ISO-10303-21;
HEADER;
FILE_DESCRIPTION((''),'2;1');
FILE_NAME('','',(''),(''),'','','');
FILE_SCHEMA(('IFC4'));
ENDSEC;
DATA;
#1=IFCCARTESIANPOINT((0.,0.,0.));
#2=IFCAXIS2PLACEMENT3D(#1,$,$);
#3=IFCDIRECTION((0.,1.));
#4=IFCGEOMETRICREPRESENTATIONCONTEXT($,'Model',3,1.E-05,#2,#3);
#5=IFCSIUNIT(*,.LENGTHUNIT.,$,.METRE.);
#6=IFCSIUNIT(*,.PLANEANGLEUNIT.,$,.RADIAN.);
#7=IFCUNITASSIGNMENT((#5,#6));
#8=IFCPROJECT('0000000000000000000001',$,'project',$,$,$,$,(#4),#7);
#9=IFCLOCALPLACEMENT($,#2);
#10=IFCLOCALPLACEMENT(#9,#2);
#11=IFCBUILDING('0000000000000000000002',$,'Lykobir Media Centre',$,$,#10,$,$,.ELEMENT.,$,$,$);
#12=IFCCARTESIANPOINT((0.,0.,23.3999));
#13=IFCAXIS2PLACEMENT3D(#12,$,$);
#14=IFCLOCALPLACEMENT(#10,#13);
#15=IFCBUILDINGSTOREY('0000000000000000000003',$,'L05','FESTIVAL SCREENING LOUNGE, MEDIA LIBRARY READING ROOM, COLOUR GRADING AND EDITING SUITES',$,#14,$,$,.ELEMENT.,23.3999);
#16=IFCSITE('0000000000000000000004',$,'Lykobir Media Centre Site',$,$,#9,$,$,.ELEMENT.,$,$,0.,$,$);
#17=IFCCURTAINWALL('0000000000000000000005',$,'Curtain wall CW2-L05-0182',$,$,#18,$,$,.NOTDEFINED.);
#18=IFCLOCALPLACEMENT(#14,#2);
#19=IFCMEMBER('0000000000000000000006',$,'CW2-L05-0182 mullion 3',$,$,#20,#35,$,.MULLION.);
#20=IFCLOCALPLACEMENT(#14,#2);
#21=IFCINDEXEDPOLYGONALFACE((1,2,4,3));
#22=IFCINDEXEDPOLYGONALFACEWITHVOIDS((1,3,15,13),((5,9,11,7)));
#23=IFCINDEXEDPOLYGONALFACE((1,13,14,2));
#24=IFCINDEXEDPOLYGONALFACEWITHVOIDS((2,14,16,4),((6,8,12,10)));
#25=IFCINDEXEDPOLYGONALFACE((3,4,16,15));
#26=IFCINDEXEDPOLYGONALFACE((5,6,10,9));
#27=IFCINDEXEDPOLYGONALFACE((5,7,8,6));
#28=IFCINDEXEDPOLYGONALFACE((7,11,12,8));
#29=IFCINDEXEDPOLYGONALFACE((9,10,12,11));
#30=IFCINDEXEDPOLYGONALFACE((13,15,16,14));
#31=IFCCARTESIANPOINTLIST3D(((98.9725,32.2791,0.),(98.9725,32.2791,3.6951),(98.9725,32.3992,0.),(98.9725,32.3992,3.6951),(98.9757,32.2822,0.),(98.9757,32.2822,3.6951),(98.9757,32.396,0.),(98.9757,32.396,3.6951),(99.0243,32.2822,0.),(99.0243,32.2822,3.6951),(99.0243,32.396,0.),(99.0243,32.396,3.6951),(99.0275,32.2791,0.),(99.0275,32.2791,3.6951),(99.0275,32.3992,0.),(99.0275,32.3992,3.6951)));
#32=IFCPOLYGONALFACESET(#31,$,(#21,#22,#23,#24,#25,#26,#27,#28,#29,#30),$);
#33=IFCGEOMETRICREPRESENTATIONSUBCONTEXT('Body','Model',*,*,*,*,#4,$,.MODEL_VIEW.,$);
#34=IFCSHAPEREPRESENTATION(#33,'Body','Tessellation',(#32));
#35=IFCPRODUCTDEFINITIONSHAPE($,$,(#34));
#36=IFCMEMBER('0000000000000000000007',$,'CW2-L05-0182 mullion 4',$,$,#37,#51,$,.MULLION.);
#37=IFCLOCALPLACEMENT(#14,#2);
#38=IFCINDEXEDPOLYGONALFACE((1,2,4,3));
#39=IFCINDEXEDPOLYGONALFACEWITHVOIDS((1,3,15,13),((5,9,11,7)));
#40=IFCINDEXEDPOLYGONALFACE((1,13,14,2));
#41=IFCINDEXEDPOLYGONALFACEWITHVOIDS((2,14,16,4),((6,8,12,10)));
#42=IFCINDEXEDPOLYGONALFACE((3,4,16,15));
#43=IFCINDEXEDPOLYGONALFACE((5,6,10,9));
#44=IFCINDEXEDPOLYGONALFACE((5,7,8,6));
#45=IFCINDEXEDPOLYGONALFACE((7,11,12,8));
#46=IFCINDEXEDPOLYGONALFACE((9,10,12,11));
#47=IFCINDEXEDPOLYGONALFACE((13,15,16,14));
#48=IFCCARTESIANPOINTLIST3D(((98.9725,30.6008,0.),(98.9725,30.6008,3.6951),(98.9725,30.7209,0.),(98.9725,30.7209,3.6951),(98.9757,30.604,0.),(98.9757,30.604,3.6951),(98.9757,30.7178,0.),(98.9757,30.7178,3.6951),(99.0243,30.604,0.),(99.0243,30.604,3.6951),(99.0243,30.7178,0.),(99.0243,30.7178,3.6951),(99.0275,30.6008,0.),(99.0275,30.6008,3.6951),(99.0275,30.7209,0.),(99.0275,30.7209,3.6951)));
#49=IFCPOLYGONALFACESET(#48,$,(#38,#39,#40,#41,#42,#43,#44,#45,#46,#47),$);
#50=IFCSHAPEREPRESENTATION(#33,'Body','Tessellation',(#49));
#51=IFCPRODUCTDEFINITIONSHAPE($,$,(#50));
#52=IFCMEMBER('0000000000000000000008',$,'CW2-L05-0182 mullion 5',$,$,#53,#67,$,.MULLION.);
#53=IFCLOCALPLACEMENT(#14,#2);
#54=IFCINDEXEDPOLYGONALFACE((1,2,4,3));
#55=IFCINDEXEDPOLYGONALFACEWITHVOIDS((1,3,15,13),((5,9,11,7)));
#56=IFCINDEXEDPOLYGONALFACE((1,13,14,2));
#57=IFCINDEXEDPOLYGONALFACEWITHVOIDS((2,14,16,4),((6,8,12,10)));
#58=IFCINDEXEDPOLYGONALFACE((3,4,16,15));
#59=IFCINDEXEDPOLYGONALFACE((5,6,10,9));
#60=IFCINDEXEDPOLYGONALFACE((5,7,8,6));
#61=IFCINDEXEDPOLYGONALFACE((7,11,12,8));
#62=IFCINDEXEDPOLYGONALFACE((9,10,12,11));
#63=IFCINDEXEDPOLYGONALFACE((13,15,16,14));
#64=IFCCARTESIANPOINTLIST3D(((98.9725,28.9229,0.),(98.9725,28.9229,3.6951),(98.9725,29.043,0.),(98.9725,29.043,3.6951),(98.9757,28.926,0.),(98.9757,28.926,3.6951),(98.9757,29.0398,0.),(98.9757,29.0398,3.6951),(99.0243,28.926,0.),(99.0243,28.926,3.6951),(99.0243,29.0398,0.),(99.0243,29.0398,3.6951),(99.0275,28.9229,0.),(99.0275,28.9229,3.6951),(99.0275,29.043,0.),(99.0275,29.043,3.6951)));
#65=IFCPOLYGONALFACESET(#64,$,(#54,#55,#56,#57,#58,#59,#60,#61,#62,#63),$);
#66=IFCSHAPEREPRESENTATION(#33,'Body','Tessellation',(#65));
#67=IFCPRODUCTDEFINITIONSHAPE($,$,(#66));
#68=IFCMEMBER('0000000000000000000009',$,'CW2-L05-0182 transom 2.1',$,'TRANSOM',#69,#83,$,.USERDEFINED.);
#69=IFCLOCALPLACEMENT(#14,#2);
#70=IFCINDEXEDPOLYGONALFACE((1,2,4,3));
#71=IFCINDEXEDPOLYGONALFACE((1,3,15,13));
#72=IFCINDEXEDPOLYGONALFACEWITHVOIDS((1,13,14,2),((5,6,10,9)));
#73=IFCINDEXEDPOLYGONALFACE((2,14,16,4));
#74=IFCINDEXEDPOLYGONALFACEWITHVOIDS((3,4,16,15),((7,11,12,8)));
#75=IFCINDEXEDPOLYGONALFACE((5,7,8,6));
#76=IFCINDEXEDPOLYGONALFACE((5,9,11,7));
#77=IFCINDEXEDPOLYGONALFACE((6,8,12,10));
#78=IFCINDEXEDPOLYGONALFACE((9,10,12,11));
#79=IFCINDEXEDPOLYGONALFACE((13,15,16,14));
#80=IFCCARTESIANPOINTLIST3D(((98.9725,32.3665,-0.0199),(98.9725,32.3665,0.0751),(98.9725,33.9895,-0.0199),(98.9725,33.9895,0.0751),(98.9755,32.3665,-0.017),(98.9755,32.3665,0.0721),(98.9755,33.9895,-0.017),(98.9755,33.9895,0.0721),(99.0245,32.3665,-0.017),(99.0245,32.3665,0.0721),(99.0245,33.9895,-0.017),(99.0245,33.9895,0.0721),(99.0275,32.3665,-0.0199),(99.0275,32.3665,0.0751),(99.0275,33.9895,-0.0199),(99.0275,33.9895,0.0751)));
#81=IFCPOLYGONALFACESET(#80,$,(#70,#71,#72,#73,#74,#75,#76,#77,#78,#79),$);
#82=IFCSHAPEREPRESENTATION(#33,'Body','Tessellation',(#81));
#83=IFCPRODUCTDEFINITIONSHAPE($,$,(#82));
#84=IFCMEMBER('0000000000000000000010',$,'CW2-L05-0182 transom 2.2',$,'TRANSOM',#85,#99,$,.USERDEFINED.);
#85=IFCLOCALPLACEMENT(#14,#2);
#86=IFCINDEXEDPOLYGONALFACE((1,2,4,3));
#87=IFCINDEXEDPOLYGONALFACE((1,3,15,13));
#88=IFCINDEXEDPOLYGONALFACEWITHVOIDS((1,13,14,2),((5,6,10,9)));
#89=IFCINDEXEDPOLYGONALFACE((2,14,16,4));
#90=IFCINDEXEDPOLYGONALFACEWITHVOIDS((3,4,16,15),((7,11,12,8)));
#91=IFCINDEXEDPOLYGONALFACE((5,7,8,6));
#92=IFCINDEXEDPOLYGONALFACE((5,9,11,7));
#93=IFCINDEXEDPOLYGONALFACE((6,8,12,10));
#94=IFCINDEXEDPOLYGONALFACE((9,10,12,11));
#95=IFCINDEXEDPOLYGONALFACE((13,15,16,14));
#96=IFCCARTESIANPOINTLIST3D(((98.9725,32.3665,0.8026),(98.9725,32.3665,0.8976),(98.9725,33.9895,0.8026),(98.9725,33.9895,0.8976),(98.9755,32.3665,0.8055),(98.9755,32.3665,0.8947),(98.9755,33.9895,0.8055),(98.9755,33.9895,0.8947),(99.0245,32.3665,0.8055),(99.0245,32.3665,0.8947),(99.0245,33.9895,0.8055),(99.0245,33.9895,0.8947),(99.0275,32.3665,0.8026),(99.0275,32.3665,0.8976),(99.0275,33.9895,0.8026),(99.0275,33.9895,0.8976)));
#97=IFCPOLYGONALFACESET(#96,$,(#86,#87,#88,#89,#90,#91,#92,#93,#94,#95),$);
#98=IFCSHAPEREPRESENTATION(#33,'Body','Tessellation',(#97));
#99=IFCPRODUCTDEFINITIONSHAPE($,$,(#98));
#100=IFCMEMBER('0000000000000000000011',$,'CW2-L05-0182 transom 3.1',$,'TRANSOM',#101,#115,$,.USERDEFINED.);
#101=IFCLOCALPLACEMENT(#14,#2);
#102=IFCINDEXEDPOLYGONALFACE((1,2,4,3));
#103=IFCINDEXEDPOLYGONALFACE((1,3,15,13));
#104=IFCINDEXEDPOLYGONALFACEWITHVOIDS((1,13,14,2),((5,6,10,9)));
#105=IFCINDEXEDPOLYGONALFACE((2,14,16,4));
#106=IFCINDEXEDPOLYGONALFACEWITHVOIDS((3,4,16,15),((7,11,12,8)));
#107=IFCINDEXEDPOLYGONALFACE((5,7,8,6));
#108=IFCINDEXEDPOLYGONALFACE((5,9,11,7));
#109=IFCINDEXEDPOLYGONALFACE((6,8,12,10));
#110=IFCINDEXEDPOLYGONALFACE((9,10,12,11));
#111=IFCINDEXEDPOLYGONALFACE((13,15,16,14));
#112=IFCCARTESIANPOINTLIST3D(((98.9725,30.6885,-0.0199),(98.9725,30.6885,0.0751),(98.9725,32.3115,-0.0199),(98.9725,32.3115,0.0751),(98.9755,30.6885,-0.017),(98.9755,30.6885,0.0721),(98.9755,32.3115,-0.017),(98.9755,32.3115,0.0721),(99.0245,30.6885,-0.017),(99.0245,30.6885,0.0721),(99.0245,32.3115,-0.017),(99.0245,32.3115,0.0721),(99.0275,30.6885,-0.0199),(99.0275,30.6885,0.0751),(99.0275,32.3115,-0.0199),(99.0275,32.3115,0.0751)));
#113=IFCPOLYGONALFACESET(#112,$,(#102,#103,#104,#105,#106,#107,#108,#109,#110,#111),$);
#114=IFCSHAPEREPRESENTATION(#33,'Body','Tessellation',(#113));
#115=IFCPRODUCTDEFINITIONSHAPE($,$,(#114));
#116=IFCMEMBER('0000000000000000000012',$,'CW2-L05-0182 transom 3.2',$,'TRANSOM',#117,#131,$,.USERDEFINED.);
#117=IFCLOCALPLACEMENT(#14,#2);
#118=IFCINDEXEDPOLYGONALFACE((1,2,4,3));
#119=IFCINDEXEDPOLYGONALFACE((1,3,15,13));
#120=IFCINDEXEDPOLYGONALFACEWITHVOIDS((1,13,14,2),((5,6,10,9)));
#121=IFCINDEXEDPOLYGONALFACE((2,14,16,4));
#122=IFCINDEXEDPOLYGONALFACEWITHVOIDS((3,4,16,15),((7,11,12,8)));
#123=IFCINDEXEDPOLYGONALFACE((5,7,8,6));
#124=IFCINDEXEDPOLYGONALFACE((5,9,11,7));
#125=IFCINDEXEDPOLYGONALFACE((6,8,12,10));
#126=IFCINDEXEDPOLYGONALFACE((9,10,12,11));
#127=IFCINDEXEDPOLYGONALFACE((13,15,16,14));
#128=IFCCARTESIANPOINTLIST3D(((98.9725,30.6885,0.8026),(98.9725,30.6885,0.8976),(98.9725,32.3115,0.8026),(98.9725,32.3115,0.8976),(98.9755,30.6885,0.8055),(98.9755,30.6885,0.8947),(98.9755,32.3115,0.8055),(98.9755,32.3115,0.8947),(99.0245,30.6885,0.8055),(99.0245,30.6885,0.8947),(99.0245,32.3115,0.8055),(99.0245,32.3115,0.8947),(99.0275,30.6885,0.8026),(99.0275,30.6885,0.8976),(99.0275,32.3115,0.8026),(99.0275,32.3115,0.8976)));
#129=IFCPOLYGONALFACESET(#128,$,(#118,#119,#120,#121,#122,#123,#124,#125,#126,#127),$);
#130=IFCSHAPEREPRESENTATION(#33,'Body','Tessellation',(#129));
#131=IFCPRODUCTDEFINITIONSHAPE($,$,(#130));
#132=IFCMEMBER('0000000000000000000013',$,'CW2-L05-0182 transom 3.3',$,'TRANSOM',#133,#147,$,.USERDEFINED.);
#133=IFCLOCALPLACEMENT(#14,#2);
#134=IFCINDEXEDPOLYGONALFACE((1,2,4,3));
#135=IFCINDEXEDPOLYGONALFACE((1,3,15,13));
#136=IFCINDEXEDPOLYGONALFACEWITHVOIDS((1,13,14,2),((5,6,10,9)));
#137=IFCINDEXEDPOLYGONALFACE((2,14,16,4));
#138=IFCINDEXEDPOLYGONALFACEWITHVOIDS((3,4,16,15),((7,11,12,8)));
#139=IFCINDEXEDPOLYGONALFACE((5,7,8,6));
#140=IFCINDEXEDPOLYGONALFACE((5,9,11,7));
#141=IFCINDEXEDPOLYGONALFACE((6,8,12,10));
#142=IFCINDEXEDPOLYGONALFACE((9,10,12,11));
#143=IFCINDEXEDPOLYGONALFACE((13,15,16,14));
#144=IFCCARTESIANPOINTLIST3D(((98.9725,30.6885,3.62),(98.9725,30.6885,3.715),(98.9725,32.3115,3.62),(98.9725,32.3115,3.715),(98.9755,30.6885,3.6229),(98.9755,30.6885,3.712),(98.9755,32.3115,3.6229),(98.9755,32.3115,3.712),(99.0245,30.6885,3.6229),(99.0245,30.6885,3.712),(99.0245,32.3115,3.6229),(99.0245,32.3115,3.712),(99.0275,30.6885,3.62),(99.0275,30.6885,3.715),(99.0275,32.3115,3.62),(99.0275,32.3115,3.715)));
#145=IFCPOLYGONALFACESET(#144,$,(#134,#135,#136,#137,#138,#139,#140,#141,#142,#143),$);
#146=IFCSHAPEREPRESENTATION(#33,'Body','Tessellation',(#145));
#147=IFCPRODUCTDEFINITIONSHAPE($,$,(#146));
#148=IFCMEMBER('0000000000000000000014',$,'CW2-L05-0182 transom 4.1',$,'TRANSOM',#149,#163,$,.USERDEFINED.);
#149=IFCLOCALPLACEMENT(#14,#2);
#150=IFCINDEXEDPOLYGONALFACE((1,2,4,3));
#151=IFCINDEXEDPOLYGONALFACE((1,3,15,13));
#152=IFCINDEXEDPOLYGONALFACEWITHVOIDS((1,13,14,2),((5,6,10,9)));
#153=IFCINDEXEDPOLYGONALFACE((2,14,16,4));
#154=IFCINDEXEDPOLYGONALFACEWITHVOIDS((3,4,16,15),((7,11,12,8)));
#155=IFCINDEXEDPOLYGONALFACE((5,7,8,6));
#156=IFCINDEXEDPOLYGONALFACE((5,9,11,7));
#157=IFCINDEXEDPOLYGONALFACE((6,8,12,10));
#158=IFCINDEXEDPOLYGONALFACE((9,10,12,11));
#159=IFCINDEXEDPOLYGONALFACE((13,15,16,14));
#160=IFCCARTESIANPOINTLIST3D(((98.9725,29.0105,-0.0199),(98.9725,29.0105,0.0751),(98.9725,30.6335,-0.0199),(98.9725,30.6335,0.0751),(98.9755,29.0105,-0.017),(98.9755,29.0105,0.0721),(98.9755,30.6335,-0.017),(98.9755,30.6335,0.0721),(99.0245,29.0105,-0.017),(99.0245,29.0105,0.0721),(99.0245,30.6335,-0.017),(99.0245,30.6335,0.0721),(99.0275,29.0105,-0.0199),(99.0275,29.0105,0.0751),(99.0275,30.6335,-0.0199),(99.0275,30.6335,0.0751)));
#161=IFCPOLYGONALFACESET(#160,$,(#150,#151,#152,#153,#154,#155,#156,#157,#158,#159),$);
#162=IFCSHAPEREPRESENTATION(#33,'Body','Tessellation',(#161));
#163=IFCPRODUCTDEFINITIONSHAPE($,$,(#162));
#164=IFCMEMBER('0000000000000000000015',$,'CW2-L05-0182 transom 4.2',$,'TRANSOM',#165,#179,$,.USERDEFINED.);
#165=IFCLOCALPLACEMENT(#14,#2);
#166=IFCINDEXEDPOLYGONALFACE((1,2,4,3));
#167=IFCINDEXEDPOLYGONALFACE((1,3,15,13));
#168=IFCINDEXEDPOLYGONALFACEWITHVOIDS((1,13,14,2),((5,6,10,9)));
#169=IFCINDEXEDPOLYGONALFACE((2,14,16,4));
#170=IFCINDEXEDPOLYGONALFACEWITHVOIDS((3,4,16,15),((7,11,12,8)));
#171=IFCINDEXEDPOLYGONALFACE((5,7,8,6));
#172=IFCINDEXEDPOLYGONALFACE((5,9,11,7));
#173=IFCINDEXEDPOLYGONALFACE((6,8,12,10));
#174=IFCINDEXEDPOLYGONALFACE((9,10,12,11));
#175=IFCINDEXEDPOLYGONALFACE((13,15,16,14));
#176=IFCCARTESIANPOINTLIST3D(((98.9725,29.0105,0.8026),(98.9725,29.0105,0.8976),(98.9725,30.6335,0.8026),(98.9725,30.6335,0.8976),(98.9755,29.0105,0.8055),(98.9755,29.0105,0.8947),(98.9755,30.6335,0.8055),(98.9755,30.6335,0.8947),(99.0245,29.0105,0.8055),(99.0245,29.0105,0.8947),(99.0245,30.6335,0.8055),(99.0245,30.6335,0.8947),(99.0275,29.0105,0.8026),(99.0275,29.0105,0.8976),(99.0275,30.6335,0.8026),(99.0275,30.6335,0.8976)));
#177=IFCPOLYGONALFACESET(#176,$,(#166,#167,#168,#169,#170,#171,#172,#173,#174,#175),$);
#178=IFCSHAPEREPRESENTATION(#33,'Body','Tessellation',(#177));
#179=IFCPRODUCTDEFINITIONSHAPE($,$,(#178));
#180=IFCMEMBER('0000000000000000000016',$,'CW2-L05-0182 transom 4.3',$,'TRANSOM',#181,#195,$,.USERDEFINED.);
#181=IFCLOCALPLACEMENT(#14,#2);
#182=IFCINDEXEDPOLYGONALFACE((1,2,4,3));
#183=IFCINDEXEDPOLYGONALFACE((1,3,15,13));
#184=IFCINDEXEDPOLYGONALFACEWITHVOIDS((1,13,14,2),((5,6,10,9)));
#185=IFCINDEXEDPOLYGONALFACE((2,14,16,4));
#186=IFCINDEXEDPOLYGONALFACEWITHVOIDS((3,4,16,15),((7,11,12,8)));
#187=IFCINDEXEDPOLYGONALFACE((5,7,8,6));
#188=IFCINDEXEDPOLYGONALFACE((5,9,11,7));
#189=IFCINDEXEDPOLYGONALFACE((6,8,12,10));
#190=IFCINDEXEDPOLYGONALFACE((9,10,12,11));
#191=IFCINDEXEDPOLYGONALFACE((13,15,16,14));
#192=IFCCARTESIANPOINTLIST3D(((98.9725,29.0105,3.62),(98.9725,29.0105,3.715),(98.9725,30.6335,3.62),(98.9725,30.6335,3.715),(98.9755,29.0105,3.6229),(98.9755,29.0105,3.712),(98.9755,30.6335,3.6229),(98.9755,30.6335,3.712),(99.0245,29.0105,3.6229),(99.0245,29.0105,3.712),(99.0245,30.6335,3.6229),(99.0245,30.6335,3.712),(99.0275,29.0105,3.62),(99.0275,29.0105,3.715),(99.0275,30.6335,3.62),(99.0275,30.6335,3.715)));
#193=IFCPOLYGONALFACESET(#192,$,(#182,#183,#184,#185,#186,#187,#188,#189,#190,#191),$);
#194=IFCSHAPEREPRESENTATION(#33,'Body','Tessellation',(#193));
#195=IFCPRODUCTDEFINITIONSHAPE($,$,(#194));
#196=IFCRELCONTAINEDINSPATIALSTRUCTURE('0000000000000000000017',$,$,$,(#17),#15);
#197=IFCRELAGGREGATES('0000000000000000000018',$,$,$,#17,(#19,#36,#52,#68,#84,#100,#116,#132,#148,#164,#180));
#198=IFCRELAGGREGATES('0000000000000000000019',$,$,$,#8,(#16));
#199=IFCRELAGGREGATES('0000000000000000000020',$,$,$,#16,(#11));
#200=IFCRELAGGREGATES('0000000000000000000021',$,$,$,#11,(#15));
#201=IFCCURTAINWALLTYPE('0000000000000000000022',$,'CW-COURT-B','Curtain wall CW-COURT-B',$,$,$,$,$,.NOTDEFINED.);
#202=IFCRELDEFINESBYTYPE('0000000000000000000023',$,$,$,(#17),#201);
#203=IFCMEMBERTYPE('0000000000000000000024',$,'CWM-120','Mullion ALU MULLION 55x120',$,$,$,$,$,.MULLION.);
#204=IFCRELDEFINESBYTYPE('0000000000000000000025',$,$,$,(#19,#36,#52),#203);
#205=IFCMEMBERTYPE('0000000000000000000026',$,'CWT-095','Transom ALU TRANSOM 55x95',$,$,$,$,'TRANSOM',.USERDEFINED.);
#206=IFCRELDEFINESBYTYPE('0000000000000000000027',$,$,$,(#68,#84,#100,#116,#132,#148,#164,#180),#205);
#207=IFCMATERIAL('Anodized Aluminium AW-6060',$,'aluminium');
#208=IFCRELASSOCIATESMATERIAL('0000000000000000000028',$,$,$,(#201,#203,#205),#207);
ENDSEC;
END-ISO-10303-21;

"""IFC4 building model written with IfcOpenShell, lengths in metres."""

from ifc_helpers import new_model, si_unit, direction, frame, origin, origin_2d, place, context, subcontext, project, spatial, hollow_rectangle, extrude, material, material_profile, profile_set, type_object, element, aggregate, save


model = new_model("IFC4")

# Units and contexts
model_context = context("Model", 3, precision=1e-05, world=origin(), true_north=direction((0.0, 1.0)))
body_context = subcontext(model_context, "Body", "Model", "MODEL_VIEW")
ifc_project = project(units=[si_unit("LENGTHUNIT", "METRE"), si_unit("PLANEANGLEUNIT", "RADIAN")], contexts=[model_context])

# Site, building, storey
site_placement = place(None, origin())
site = spatial("IfcSite", under=ifc_project, at=site_placement, Name="Lykobir Media Centre Site", CompositionType="ELEMENT", RefElevation=0.0)
building_placement = place(site_placement, origin())
building = spatial("IfcBuilding", under=site, at=building_placement, Name="Lykobir Media Centre", CompositionType="ELEMENT")
storey_placement = place(building_placement, frame((0.0, 0.0, 23.3999)))
storey = spatial("IfcBuildingStorey", under=building, at=storey_placement, Name="L05", Description="FESTIVAL SCREENING LOUNGE, MEDIA LIBRARY READING ROOM, COLOUR GRADING AND EDITING SUITES", CompositionType="ELEMENT", Elevation=23.3999)

# Curtain wall, members
ifc_material_1 = material(Name="Anodized Aluminium AW-6060", Category="aluminium")
curtain_wall_type = type_object("IfcCurtainWallType", Name="CW-COURT-B", Description="Curtain wall CW-COURT-B", PredefinedType="NOTDEFINED", material=ifc_material_1)
curtain_wall_placement = place(storey_placement, origin())
curtain_wall = element("IfcCurtainWall", 1, at=curtain_wall_placement, inside=storey, type_object=curtain_wall_type, Name="Curtain wall CW2-L05-0182", PredefinedType="NOTDEFINED")
ifc_material_profile_1 = material_profile(ifc_material_1, hollow_rectangle(XDim=0.0549, YDim=0.1201, WallThickness=0.0032, at=origin_2d()), Name="ALU MULLION 55x120")
ifc_profile_set_1 = profile_set([ifc_material_profile_1], Name="Anodized Aluminium AW-6060")
member_type_1 = type_object("IfcMemberType", Name="CWM-120", Description="Mullion ALU MULLION 55x120", PredefinedType="MULLION", material=ifc_profile_set_1)
member_1_placement = place(storey_placement, frame((99.0, 32.3391, 0.0), z_axis=(0.0, 0.0, 1.0), x_axis=(1.0, 0.0, 0.0)))
member_1 = element("IfcMember", 2, at=member_1_placement, type_object=member_type_1, Name="CW2-L05-0182 mullion 3", PredefinedType="MULLION", context=body_context, shape_type="SweptSolid", body=[
    extrude(hollow_rectangle(XDim=0.0549, YDim=0.1201, WallThickness=0.0032, at=origin_2d()), origin(), (0.0, 0.0, 1.0), 3.6951),
])
member_2_placement = place(storey_placement, frame((99.0, 30.6609, 0.0), z_axis=(0.0, 0.0, 1.0), x_axis=(1.0, 0.0, 0.0)))
member_2 = element("IfcMember", 3, at=member_2_placement, type_object=member_type_1, Name="CW2-L05-0182 mullion 4", PredefinedType="MULLION", context=body_context, shape_type="SweptSolid", body=[
    extrude(hollow_rectangle(XDim=0.0549, YDim=0.1201, WallThickness=0.0032, at=origin_2d()), origin(), (0.0, 0.0, 1.0), 3.6951),
])
member_3_placement = place(storey_placement, frame((99.0, 28.9829, 0.0), z_axis=(0.0, 0.0, 1.0), x_axis=(1.0, 0.0, 0.0)))
member_3 = element("IfcMember", 4, at=member_3_placement, type_object=member_type_1, Name="CW2-L05-0182 mullion 5", PredefinedType="MULLION", context=body_context, shape_type="SweptSolid", body=[
    extrude(hollow_rectangle(XDim=0.0549, YDim=0.1201, WallThickness=0.0032, at=origin_2d()), origin(), (0.0, 0.0, 1.0), 3.6951),
])
ifc_material_profile_2 = material_profile(ifc_material_1, hollow_rectangle(XDim=0.0549, YDim=0.095, WallThickness=0.0029, at=origin_2d()), Name="ALU TRANSOM 55x95")
ifc_profile_set_2 = profile_set([ifc_material_profile_2], Name="Anodized Aluminium AW-6060")
member_type_2 = type_object("IfcMemberType", Name="CWT-095", Description="Transom ALU TRANSOM 55x95", ElementType="TRANSOM", PredefinedType="USERDEFINED", material=ifc_profile_set_2)
member_4_placement = place(storey_placement, frame((99.0, 33.9895, 0.0276), z_axis=(0.0, -1.0, 0.0), x_axis=(1.0, 0.0, 0.0)))
member_4 = element("IfcMember", 5, at=member_4_placement, type_object=member_type_2, Name="CW2-L05-0182 transom 2.1", ObjectType="TRANSOM", PredefinedType="USERDEFINED", context=body_context, shape_type="SweptSolid", body=[
    extrude(hollow_rectangle(XDim=0.0549, YDim=0.095, WallThickness=0.0029, at=origin_2d()), origin(), (0.0, 0.0, 1.0), 1.623),
])
member_5_placement = place(storey_placement, frame((99.0, 33.9895, 0.8501), z_axis=(0.0, -1.0, 0.0), x_axis=(1.0, 0.0, 0.0)))
member_5 = element("IfcMember", 6, at=member_5_placement, type_object=member_type_2, Name="CW2-L05-0182 transom 2.2", ObjectType="TRANSOM", PredefinedType="USERDEFINED", context=body_context, shape_type="SweptSolid", body=[
    extrude(hollow_rectangle(XDim=0.0549, YDim=0.095, WallThickness=0.0029, at=origin_2d()), origin(), (0.0, 0.0, 1.0), 1.623),
])
member_6_placement = place(storey_placement, frame((99.0, 32.3115, 0.0276), z_axis=(0.0, -1.0, 0.0), x_axis=(1.0, 0.0, 0.0)))
member_6 = element("IfcMember", 7, at=member_6_placement, type_object=member_type_2, Name="CW2-L05-0182 transom 3.1", ObjectType="TRANSOM", PredefinedType="USERDEFINED", context=body_context, shape_type="SweptSolid", body=[
    extrude(hollow_rectangle(XDim=0.0549, YDim=0.095, WallThickness=0.0029, at=origin_2d()), origin(), (0.0, 0.0, 1.0), 1.623),
])
member_7_placement = place(storey_placement, frame((99.0, 32.3115, 0.8501), z_axis=(0.0, -1.0, 0.0), x_axis=(1.0, 0.0, 0.0)))
member_7 = element("IfcMember", 8, at=member_7_placement, type_object=member_type_2, Name="CW2-L05-0182 transom 3.2", ObjectType="TRANSOM", PredefinedType="USERDEFINED", context=body_context, shape_type="SweptSolid", body=[
    extrude(hollow_rectangle(XDim=0.0549, YDim=0.095, WallThickness=0.0029, at=origin_2d()), origin(), (0.0, 0.0, 1.0), 1.623),
])
member_8_placement = place(storey_placement, frame((99.0, 32.3115, 3.6675), z_axis=(0.0, -1.0, 0.0), x_axis=(1.0, 0.0, 0.0)))
member_8 = element("IfcMember", 9, at=member_8_placement, type_object=member_type_2, Name="CW2-L05-0182 transom 3.3", ObjectType="TRANSOM", PredefinedType="USERDEFINED", context=body_context, shape_type="SweptSolid", body=[
    extrude(hollow_rectangle(XDim=0.0549, YDim=0.095, WallThickness=0.0029, at=origin_2d()), origin(), (0.0, 0.0, 1.0), 1.623),
])
member_9_placement = place(storey_placement, frame((99.0, 30.6335, 0.0276), z_axis=(0.0, -1.0, 0.0), x_axis=(1.0, 0.0, 0.0)))
member_9 = element("IfcMember", 10, at=member_9_placement, type_object=member_type_2, Name="CW2-L05-0182 transom 4.1", ObjectType="TRANSOM", PredefinedType="USERDEFINED", context=body_context, shape_type="SweptSolid", body=[
    extrude(hollow_rectangle(XDim=0.0549, YDim=0.095, WallThickness=0.0029, at=origin_2d()), origin(), (0.0, 0.0, 1.0), 1.623),
])
member_10_placement = place(storey_placement, frame((99.0, 30.6335, 0.8501), z_axis=(0.0, -1.0, 0.0), x_axis=(1.0, 0.0, 0.0)))
member_10 = element("IfcMember", 11, at=member_10_placement, type_object=member_type_2, Name="CW2-L05-0182 transom 4.2", ObjectType="TRANSOM", PredefinedType="USERDEFINED", context=body_context, shape_type="SweptSolid", body=[
    extrude(hollow_rectangle(XDim=0.0549, YDim=0.095, WallThickness=0.0029, at=origin_2d()), origin(), (0.0, 0.0, 1.0), 1.623),
])
member_11_placement = place(storey_placement, frame((99.0, 30.6335, 3.6675), z_axis=(0.0, -1.0, 0.0), x_axis=(1.0, 0.0, 0.0)))
member_11 = element("IfcMember", 12, at=member_11_placement, type_object=member_type_2, Name="CW2-L05-0182 transom 4.3", ObjectType="TRANSOM", PredefinedType="USERDEFINED", context=body_context, shape_type="SweptSolid", body=[
    extrude(hollow_rectangle(XDim=0.0549, YDim=0.095, WallThickness=0.0029, at=origin_2d()), origin(), (0.0, 0.0, 1.0), 1.623),
])

aggregate(curtain_wall, [member_1, member_2, member_3, member_4, member_5, member_6, member_7, member_8, member_9, member_10, member_11])

save(model, "model.ifc")
